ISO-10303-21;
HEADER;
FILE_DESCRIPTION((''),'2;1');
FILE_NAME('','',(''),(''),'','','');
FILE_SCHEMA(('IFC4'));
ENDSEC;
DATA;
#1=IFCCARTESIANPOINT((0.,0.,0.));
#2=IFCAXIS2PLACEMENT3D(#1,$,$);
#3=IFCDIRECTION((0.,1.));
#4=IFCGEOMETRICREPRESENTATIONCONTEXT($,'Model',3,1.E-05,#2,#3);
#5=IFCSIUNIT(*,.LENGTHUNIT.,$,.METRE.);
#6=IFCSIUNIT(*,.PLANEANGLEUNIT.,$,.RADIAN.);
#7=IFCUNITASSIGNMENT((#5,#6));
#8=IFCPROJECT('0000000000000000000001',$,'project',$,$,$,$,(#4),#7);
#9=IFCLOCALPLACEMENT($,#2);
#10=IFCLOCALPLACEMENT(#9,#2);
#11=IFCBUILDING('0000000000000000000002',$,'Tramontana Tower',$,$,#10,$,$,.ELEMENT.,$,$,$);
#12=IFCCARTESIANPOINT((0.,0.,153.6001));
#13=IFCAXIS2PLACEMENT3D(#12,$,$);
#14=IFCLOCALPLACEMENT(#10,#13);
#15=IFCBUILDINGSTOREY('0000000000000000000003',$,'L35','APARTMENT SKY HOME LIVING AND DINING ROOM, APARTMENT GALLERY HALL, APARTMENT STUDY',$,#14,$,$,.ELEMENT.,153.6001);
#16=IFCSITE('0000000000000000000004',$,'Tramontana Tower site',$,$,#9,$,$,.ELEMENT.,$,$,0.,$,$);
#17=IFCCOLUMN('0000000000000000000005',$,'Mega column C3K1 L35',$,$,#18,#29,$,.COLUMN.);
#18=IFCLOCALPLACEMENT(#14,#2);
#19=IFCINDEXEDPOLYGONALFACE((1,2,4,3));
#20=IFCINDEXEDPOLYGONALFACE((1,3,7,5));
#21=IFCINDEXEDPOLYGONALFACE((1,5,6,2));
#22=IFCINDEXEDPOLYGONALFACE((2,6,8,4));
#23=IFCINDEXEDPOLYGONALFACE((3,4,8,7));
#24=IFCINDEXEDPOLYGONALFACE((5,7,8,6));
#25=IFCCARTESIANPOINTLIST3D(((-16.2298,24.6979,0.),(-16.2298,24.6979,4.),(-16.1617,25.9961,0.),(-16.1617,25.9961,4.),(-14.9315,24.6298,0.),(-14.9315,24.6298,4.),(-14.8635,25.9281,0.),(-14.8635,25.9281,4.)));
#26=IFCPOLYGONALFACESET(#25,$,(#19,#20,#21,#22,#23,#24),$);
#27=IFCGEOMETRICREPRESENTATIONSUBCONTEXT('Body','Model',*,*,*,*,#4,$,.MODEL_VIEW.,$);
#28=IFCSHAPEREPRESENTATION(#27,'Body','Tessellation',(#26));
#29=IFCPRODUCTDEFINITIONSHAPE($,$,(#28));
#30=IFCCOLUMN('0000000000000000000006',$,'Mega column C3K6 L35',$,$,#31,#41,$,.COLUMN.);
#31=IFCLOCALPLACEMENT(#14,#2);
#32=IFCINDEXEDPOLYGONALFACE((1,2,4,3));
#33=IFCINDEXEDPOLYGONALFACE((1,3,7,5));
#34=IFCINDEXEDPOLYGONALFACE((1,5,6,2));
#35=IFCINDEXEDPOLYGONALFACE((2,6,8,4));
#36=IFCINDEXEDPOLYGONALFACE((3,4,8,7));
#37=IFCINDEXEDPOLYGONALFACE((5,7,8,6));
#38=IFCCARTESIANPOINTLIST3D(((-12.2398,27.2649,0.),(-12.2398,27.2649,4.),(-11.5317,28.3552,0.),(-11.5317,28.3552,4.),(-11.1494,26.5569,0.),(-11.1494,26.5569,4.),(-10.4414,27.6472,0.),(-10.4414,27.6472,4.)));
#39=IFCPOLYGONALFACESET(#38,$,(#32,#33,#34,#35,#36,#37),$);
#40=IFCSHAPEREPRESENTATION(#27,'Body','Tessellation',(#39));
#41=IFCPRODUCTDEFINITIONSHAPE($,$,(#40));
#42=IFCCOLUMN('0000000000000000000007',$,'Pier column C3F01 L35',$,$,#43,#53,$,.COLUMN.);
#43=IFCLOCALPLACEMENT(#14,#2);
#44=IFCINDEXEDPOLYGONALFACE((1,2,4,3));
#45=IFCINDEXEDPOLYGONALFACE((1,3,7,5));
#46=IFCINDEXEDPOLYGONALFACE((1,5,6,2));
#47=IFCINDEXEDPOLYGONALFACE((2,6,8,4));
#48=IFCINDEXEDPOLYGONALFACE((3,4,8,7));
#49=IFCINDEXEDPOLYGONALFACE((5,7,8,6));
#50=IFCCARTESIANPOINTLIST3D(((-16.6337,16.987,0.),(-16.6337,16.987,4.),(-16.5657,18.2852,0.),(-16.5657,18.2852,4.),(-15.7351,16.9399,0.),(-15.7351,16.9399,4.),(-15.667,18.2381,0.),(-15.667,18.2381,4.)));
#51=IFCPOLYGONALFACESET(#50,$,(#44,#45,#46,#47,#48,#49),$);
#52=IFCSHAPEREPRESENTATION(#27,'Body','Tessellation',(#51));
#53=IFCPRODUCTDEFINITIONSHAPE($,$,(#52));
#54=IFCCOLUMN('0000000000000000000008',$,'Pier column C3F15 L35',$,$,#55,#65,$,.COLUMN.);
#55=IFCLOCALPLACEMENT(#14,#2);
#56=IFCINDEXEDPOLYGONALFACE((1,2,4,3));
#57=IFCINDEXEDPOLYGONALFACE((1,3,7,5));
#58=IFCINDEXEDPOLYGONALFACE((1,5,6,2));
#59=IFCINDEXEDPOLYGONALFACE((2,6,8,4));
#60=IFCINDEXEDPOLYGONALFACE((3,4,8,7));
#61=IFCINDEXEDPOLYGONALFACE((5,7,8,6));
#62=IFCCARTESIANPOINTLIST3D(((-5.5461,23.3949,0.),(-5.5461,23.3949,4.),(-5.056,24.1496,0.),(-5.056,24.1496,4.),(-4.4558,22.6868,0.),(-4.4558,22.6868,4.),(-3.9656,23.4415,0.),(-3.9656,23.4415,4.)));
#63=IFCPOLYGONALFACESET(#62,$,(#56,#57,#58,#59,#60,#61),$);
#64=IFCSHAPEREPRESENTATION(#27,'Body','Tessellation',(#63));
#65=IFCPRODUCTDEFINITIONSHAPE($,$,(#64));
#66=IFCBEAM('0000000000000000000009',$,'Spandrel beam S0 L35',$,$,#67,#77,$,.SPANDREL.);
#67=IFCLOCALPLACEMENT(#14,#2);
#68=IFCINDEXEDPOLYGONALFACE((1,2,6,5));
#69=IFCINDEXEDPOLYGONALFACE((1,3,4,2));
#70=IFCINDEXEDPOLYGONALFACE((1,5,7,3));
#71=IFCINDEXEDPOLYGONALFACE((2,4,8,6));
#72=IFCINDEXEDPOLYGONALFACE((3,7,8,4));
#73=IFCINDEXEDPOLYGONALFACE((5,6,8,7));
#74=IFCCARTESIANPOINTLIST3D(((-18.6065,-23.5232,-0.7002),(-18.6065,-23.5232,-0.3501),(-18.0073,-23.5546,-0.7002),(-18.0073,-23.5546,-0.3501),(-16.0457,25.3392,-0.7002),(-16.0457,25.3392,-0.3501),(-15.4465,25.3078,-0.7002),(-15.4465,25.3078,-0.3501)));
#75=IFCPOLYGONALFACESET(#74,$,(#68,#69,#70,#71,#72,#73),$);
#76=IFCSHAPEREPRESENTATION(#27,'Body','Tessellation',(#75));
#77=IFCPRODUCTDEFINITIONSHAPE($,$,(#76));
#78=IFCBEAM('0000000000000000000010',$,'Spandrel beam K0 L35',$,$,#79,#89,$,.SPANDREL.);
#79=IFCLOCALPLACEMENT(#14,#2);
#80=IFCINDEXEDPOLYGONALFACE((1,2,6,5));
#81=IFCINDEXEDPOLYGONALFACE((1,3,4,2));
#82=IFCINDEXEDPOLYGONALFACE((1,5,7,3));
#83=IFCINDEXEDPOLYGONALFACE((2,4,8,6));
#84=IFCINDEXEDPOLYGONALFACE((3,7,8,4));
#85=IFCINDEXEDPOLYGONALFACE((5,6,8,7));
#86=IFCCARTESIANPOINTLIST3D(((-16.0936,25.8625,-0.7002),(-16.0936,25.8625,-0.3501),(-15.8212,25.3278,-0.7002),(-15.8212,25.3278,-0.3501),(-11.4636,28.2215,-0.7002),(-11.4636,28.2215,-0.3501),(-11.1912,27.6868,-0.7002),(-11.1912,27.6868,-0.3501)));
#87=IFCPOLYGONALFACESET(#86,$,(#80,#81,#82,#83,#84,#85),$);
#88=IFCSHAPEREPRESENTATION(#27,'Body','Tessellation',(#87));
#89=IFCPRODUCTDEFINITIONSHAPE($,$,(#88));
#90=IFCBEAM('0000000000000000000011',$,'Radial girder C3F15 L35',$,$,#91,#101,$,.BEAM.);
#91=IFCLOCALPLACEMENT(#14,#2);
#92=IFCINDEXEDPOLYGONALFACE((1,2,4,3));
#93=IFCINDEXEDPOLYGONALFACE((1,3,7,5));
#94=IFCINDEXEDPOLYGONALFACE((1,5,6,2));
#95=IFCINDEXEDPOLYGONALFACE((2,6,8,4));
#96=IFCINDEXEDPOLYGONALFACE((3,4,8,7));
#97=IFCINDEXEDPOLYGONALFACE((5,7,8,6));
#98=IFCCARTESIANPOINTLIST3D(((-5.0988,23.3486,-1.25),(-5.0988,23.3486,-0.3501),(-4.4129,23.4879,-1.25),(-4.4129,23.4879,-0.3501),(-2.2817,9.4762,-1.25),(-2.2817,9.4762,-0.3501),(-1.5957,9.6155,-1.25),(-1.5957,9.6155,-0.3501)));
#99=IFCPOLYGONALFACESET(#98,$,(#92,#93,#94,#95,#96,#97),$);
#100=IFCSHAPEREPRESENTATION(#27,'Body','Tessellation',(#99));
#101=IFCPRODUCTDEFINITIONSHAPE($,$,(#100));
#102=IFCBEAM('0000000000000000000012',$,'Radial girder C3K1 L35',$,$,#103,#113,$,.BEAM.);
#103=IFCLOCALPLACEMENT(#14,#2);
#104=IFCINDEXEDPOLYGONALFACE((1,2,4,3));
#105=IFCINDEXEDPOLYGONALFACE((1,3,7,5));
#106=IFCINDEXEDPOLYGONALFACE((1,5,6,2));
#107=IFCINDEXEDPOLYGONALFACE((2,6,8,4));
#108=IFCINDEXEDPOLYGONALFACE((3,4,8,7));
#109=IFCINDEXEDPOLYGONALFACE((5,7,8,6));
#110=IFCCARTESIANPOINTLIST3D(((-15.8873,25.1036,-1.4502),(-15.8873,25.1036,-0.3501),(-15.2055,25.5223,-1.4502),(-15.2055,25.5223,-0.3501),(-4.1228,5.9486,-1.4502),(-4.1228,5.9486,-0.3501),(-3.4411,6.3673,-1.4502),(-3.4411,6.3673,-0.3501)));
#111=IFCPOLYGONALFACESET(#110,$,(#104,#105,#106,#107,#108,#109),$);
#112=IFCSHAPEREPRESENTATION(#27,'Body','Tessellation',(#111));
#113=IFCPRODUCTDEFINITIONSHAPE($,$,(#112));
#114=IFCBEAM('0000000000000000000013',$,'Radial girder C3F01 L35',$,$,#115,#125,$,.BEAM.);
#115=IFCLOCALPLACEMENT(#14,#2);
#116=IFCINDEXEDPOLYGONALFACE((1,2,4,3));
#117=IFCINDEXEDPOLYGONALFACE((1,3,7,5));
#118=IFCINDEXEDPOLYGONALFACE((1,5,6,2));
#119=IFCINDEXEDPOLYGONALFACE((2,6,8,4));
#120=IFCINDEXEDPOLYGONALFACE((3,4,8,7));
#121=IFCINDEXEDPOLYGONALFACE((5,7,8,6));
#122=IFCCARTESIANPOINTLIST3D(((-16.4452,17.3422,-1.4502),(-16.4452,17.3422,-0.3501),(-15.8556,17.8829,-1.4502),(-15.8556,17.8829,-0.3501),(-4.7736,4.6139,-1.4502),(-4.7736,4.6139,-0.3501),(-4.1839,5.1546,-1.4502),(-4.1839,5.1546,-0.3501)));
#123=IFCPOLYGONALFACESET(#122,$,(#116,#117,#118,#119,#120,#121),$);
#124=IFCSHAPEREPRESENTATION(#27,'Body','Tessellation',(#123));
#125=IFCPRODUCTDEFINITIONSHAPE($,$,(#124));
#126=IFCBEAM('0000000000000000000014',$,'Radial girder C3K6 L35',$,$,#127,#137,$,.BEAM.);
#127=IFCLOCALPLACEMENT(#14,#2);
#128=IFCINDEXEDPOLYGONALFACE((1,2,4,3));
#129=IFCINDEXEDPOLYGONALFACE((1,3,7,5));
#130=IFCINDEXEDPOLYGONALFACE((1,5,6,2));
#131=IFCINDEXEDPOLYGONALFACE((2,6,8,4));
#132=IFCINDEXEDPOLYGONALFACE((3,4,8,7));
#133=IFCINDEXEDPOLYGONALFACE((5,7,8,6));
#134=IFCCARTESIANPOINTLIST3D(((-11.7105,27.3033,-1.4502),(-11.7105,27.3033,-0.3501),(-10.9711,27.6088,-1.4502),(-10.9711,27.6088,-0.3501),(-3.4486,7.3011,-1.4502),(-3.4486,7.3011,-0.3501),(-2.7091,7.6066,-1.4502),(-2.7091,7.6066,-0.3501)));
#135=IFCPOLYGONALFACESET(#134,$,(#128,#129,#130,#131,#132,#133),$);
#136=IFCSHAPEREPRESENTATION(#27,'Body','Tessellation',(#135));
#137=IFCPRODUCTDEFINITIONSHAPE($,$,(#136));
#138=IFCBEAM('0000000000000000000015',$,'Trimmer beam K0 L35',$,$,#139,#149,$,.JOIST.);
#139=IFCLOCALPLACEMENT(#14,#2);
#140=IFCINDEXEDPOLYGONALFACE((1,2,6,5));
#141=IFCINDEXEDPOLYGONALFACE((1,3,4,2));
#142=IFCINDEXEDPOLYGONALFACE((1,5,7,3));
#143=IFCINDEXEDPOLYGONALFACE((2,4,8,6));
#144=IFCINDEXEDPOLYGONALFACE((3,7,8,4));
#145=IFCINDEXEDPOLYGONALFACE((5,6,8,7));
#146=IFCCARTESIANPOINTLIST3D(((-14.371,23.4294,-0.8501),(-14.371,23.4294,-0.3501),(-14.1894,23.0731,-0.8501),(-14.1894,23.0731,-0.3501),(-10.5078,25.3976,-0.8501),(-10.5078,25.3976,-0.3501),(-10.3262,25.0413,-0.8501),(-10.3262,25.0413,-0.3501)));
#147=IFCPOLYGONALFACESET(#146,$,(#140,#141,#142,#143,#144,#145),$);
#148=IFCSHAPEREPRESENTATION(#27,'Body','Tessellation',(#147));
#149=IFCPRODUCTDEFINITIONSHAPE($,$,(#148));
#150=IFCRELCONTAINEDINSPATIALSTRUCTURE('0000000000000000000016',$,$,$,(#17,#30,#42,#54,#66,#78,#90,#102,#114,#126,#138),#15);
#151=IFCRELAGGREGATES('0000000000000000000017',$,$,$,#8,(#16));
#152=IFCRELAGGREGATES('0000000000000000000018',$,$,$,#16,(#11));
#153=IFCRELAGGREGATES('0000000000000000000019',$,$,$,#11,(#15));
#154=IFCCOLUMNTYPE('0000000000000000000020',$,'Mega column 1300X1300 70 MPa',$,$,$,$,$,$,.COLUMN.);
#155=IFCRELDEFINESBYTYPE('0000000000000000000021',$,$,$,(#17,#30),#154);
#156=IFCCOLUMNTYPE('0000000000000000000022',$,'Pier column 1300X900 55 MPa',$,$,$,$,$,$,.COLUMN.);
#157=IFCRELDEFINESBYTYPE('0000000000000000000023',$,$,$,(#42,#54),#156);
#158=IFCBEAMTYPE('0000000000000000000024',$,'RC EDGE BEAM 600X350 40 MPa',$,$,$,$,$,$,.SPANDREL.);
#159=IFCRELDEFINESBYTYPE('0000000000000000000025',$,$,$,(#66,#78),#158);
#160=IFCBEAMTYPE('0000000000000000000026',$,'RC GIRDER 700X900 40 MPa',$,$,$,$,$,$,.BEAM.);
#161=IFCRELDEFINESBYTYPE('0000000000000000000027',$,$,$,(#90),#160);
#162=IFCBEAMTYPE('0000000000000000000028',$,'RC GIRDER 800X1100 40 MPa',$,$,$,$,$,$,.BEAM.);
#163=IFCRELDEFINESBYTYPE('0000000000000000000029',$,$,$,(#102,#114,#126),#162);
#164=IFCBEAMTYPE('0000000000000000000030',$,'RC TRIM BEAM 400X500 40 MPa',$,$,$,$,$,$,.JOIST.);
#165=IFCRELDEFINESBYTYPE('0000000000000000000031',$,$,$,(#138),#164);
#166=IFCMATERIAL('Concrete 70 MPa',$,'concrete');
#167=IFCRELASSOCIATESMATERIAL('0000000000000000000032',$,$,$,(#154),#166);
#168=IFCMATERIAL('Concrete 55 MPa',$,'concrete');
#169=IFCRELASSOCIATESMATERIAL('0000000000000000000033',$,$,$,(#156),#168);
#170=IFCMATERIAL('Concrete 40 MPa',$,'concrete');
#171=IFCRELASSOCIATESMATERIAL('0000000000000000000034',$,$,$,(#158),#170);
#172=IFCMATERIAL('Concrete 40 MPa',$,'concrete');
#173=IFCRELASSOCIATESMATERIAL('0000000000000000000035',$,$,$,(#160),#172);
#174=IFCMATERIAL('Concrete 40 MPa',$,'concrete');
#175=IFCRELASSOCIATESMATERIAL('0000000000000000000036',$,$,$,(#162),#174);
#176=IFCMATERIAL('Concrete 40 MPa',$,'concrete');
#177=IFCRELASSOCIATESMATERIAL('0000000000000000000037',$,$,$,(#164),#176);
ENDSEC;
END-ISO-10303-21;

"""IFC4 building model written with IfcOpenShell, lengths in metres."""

from ifc_helpers import new_model, si_unit, direction, frame, origin, origin_2d, place, context, subcontext, project, spatial, rectangle, extrude, material, material_profile, profile_set, type_object, element, save


model = new_model("IFC4")

# Units and contexts
model_context = context("Model", 3, precision=1e-05, world=origin(), true_north=direction((0.0, 1.0)))
body_context = subcontext(model_context, "Body", "Model", "MODEL_VIEW")
ifc_project = project(units=[si_unit("LENGTHUNIT", "METRE"), si_unit("PLANEANGLEUNIT", "RADIAN")], contexts=[model_context])

# Site, building, storey
site_placement = place(None, origin())
site = spatial("IfcSite", under=ifc_project, at=site_placement, Name="Tramontana Tower site", CompositionType="ELEMENT", RefElevation=0.0)
building_placement = place(site_placement, origin())
building = spatial("IfcBuilding", under=site, at=building_placement, Name="Tramontana Tower", CompositionType="ELEMENT")
storey_placement = place(building_placement, frame((0.0, 0.0, 153.6001)))
storey = spatial("IfcBuildingStorey", under=building, at=storey_placement, Name="L35", Description="APARTMENT SKY HOME LIVING AND DINING ROOM, APARTMENT GALLERY HALL, APARTMENT STUDY", CompositionType="ELEMENT", Elevation=153.6001)

# Columns
ifc_material_1 = material(Name="Concrete 70 MPa", Category="concrete")
ifc_material_profile_1 = material_profile(ifc_material_1, rectangle(XDim=1.3, YDim=1.3, at=origin_2d()), Name="Mega column 1300X1300 70 MPa")
ifc_profile_set_1 = profile_set([ifc_material_profile_1], Name="Concrete 70 MPa")
column_type_1 = type_object("IfcColumnType", Name="Mega column 1300X1300 70 MPa", PredefinedType="COLUMN", material=ifc_profile_set_1)
for number, where, z_axis, x_axis, name in (
    (1, (-15.5466, 25.313, 0.0), (0.0, 0.0, 1.0), (-0.052336, -0.99863, 0.0), "Mega column C3K1 L35"),
    (2, (-11.3406, 27.4561, 0.0), (0.0, 0.0, 1.0), (-0.838671, 0.544639, 0.0), "Mega column C3K6 L35"),
):
    element("IfcColumn", number, at=place(storey_placement, frame(where, z_axis=z_axis, x_axis=x_axis)), inside=storey, type_object=column_type_1, Name=name, PredefinedType="COLUMN", context=body_context, shape_type="SweptSolid", body=[
        extrude(rectangle(XDim=1.3, YDim=1.3, at=origin_2d()), origin(), (0.0, 0.0, 1.0), 4.0),
    ])
ifc_material_2 = material(Name="Concrete 55 MPa", Category="concrete")
ifc_material_profile_2 = material_profile(ifc_material_2, rectangle(XDim=1.3, YDim=0.8999, at=origin_2d()), Name="Pier column 1300X900 55 MPa")
ifc_profile_set_2 = profile_set([ifc_material_profile_2], Name="Concrete 55 MPa")
column_type_2 = type_object("IfcColumnType", Name="Pier column 1300X900 55 MPa", PredefinedType="COLUMN", material=ifc_profile_set_2)
for number, where, z_axis, x_axis, name in (
    (3, (-16.1504, 17.6125, 0.0), (0.0, 0.0, 1.0), (-0.052336, -0.99863, 0.0), "Pier column C3F01 L35"),
    (4, (-4.7559, 23.4182, 0.0), (0.0, 0.0, 1.0), (-0.838671, 0.544639, 0.0), "Pier column C3F15 L35"),
):
    element("IfcColumn", number, at=place(storey_placement, frame(where, z_axis=z_axis, x_axis=x_axis)), inside=storey, type_object=column_type_2, Name=name, PredefinedType="COLUMN", context=body_context, shape_type="SweptSolid", body=[
        extrude(rectangle(XDim=1.3, YDim=0.8999, at=origin_2d()), origin(), (0.0, 0.0, 1.0), 4.0),
    ])

# Beams
ifc_material_3 = material(Name="Concrete 40 MPa", Category="concrete")
ifc_material_profile_3 = material_profile(ifc_material_3, rectangle(XDim=0.6001, YDim=0.3501, at=origin_2d()), Name="RC EDGE BEAM 600X350 40 MPa")
ifc_profile_set_3 = profile_set([ifc_material_profile_3], Name="Concrete 40 MPa")
beam_type_1 = type_object("IfcBeamType", Name="RC EDGE BEAM 600X350 40 MPa", PredefinedType="SPANDREL", material=ifc_profile_set_3)
beam_1_placement = place(storey_placement, frame((-15.7461, 25.3235, -0.5251), z_axis=(-0.052336, -0.99863, 0.0), x_axis=(0.99863, -0.052336, 0.0)))
element("IfcBeam", 5, at=beam_1_placement, inside=storey, type_object=beam_type_1, Name="Spandrel beam S0 L35", PredefinedType="SPANDREL", context=body_context, shape_type="SweptSolid", body=[
    extrude(rectangle(XDim=0.6001, YDim=0.3501, at=origin_2d()), origin(), (0.0, 0.0, 1.0), 48.9294),
])
beam_2_placement = place(storey_placement, frame((-11.3274, 27.9541, -0.5251), z_axis=(-0.891019, -0.453967, 0.0), x_axis=(0.453967, -0.891019, 0.0)))
element("IfcBeam", 6, at=beam_2_placement, inside=storey, type_object=beam_type_1, Name="Spandrel beam K0 L35", PredefinedType="SPANDREL", context=body_context, shape_type="SweptSolid", body=[
    extrude(rectangle(XDim=0.6001, YDim=0.3501, at=origin_2d()), origin(), (0.0, 0.0, 1.0), 5.1963),
])
ifc_material_4 = material(Name="Concrete 40 MPa", Category="concrete")
ifc_material_profile_4 = material_profile(ifc_material_4, rectangle(XDim=0.7, YDim=0.8999, at=origin_2d()), Name="RC GIRDER 700X900 40 MPa")
ifc_profile_set_4 = profile_set([ifc_material_profile_4], Name="Concrete 40 MPa")
beam_type_2 = type_object("IfcBeamType", Name="RC GIRDER 700X900 40 MPa", PredefinedType="BEAM", material=ifc_profile_set_4)
beam_3_placement = place(storey_placement, frame((-4.7559, 23.4182, -0.8), z_axis=(0.199014, -0.979997, 0.0), x_axis=(0.979997, 0.199014, 0.0)))
element("IfcBeam", 7, at=beam_3_placement, inside=storey, type_object=beam_type_2, Name="Radial girder C3F15 L35", PredefinedType="BEAM", context=body_context, shape_type="SweptSolid", body=[
    extrude(rectangle(XDim=0.7, YDim=0.8999, at=origin_2d()), origin(), (0.0, 0.0, 1.0), 14.1555),
])
ifc_material_5 = material(Name="Concrete 40 MPa", Category="concrete")
ifc_material_profile_5 = material_profile(ifc_material_5, rectangle(XDim=0.8, YDim=1.1001, at=origin_2d()), Name="RC GIRDER 800X1100 40 MPa")
ifc_profile_set_5 = profile_set([ifc_material_profile_5], Name="Concrete 40 MPa")
beam_type_3 = type_object("IfcBeamType", Name="RC GIRDER 800X1100 40 MPa", PredefinedType="BEAM", material=ifc_profile_set_5)
beam_4_placement = place(storey_placement, frame((-15.5464, 25.313, -0.9001), z_axis=(0.523345, -0.852121, 0.0), x_axis=(0.852121, 0.523345, 0.0)))
element("IfcBeam", 8, at=beam_4_placement, inside=storey, type_object=beam_type_3, Name="Radial girder C3K1 L35", PredefinedType="BEAM", context=body_context, shape_type="SweptSolid", body=[
    extrude(rectangle(XDim=0.8, YDim=1.1001, at=origin_2d()), origin(), (0.0, 0.0, 1.0), 22.4792),
])
beam_5_placement = place(storey_placement, frame((-16.1504, 17.6125, -0.9001), z_axis=(0.675852, -0.737037, 0.0), x_axis=(0.737037, 0.675852, 0.0)))
element("IfcBeam", 9, at=beam_5_placement, inside=storey, type_object=beam_type_3, Name="Radial girder C3F01 L35", PredefinedType="BEAM", context=body_context, shape_type="SweptSolid", body=[
    extrude(rectangle(XDim=0.8, YDim=1.1001, at=origin_2d()), origin(), (0.0, 0.0, 1.0), 17.2695),
])
beam_6_placement = place(storey_placement, frame((-11.3408, 27.4561, -0.9001), z_axis=(0.381767, -0.924258, 0.0), x_axis=(0.924258, 0.381767, 0.0)))
element("IfcBeam", 10, at=beam_6_placement, inside=storey, type_object=beam_type_3, Name="Radial girder C3K6 L35", PredefinedType="BEAM", context=body_context, shape_type="SweptSolid", body=[
    extrude(rectangle(XDim=0.8, YDim=1.1001, at=origin_2d()), origin(), (0.0, 0.0, 1.0), 21.6414),
])
ifc_material_6 = material(Name="Concrete 40 MPa", Category="concrete")
ifc_material_profile_6 = material_profile(ifc_material_6, rectangle(XDim=0.3999, YDim=0.5, at=origin_2d()), Name="RC TRIM BEAM 400X500 40 MPa")
ifc_profile_set_6 = profile_set([ifc_material_profile_6], Name="Concrete 40 MPa")
beam_type_4 = type_object("IfcBeamType", Name="RC TRIM BEAM 400X500 40 MPa", PredefinedType="JOIST", material=ifc_profile_set_6)
beam_7_placement = place(storey_placement, frame((-10.417, 25.2195, -0.6001), z_axis=(-0.891023, -0.453958, 0.0), x_axis=(0.453958, -0.891023, 0.0)))
element("IfcBeam", 11, at=beam_7_placement, inside=storey, type_object=beam_type_4, Name="Trimmer beam K0 L35", PredefinedType="JOIST", context=body_context, shape_type="SweptSolid", body=[
    extrude(rectangle(XDim=0.3999, YDim=0.5, at=origin_2d()), origin(), (0.0, 0.0, 1.0), 4.3357),
])

save(model, "model.ifc")
